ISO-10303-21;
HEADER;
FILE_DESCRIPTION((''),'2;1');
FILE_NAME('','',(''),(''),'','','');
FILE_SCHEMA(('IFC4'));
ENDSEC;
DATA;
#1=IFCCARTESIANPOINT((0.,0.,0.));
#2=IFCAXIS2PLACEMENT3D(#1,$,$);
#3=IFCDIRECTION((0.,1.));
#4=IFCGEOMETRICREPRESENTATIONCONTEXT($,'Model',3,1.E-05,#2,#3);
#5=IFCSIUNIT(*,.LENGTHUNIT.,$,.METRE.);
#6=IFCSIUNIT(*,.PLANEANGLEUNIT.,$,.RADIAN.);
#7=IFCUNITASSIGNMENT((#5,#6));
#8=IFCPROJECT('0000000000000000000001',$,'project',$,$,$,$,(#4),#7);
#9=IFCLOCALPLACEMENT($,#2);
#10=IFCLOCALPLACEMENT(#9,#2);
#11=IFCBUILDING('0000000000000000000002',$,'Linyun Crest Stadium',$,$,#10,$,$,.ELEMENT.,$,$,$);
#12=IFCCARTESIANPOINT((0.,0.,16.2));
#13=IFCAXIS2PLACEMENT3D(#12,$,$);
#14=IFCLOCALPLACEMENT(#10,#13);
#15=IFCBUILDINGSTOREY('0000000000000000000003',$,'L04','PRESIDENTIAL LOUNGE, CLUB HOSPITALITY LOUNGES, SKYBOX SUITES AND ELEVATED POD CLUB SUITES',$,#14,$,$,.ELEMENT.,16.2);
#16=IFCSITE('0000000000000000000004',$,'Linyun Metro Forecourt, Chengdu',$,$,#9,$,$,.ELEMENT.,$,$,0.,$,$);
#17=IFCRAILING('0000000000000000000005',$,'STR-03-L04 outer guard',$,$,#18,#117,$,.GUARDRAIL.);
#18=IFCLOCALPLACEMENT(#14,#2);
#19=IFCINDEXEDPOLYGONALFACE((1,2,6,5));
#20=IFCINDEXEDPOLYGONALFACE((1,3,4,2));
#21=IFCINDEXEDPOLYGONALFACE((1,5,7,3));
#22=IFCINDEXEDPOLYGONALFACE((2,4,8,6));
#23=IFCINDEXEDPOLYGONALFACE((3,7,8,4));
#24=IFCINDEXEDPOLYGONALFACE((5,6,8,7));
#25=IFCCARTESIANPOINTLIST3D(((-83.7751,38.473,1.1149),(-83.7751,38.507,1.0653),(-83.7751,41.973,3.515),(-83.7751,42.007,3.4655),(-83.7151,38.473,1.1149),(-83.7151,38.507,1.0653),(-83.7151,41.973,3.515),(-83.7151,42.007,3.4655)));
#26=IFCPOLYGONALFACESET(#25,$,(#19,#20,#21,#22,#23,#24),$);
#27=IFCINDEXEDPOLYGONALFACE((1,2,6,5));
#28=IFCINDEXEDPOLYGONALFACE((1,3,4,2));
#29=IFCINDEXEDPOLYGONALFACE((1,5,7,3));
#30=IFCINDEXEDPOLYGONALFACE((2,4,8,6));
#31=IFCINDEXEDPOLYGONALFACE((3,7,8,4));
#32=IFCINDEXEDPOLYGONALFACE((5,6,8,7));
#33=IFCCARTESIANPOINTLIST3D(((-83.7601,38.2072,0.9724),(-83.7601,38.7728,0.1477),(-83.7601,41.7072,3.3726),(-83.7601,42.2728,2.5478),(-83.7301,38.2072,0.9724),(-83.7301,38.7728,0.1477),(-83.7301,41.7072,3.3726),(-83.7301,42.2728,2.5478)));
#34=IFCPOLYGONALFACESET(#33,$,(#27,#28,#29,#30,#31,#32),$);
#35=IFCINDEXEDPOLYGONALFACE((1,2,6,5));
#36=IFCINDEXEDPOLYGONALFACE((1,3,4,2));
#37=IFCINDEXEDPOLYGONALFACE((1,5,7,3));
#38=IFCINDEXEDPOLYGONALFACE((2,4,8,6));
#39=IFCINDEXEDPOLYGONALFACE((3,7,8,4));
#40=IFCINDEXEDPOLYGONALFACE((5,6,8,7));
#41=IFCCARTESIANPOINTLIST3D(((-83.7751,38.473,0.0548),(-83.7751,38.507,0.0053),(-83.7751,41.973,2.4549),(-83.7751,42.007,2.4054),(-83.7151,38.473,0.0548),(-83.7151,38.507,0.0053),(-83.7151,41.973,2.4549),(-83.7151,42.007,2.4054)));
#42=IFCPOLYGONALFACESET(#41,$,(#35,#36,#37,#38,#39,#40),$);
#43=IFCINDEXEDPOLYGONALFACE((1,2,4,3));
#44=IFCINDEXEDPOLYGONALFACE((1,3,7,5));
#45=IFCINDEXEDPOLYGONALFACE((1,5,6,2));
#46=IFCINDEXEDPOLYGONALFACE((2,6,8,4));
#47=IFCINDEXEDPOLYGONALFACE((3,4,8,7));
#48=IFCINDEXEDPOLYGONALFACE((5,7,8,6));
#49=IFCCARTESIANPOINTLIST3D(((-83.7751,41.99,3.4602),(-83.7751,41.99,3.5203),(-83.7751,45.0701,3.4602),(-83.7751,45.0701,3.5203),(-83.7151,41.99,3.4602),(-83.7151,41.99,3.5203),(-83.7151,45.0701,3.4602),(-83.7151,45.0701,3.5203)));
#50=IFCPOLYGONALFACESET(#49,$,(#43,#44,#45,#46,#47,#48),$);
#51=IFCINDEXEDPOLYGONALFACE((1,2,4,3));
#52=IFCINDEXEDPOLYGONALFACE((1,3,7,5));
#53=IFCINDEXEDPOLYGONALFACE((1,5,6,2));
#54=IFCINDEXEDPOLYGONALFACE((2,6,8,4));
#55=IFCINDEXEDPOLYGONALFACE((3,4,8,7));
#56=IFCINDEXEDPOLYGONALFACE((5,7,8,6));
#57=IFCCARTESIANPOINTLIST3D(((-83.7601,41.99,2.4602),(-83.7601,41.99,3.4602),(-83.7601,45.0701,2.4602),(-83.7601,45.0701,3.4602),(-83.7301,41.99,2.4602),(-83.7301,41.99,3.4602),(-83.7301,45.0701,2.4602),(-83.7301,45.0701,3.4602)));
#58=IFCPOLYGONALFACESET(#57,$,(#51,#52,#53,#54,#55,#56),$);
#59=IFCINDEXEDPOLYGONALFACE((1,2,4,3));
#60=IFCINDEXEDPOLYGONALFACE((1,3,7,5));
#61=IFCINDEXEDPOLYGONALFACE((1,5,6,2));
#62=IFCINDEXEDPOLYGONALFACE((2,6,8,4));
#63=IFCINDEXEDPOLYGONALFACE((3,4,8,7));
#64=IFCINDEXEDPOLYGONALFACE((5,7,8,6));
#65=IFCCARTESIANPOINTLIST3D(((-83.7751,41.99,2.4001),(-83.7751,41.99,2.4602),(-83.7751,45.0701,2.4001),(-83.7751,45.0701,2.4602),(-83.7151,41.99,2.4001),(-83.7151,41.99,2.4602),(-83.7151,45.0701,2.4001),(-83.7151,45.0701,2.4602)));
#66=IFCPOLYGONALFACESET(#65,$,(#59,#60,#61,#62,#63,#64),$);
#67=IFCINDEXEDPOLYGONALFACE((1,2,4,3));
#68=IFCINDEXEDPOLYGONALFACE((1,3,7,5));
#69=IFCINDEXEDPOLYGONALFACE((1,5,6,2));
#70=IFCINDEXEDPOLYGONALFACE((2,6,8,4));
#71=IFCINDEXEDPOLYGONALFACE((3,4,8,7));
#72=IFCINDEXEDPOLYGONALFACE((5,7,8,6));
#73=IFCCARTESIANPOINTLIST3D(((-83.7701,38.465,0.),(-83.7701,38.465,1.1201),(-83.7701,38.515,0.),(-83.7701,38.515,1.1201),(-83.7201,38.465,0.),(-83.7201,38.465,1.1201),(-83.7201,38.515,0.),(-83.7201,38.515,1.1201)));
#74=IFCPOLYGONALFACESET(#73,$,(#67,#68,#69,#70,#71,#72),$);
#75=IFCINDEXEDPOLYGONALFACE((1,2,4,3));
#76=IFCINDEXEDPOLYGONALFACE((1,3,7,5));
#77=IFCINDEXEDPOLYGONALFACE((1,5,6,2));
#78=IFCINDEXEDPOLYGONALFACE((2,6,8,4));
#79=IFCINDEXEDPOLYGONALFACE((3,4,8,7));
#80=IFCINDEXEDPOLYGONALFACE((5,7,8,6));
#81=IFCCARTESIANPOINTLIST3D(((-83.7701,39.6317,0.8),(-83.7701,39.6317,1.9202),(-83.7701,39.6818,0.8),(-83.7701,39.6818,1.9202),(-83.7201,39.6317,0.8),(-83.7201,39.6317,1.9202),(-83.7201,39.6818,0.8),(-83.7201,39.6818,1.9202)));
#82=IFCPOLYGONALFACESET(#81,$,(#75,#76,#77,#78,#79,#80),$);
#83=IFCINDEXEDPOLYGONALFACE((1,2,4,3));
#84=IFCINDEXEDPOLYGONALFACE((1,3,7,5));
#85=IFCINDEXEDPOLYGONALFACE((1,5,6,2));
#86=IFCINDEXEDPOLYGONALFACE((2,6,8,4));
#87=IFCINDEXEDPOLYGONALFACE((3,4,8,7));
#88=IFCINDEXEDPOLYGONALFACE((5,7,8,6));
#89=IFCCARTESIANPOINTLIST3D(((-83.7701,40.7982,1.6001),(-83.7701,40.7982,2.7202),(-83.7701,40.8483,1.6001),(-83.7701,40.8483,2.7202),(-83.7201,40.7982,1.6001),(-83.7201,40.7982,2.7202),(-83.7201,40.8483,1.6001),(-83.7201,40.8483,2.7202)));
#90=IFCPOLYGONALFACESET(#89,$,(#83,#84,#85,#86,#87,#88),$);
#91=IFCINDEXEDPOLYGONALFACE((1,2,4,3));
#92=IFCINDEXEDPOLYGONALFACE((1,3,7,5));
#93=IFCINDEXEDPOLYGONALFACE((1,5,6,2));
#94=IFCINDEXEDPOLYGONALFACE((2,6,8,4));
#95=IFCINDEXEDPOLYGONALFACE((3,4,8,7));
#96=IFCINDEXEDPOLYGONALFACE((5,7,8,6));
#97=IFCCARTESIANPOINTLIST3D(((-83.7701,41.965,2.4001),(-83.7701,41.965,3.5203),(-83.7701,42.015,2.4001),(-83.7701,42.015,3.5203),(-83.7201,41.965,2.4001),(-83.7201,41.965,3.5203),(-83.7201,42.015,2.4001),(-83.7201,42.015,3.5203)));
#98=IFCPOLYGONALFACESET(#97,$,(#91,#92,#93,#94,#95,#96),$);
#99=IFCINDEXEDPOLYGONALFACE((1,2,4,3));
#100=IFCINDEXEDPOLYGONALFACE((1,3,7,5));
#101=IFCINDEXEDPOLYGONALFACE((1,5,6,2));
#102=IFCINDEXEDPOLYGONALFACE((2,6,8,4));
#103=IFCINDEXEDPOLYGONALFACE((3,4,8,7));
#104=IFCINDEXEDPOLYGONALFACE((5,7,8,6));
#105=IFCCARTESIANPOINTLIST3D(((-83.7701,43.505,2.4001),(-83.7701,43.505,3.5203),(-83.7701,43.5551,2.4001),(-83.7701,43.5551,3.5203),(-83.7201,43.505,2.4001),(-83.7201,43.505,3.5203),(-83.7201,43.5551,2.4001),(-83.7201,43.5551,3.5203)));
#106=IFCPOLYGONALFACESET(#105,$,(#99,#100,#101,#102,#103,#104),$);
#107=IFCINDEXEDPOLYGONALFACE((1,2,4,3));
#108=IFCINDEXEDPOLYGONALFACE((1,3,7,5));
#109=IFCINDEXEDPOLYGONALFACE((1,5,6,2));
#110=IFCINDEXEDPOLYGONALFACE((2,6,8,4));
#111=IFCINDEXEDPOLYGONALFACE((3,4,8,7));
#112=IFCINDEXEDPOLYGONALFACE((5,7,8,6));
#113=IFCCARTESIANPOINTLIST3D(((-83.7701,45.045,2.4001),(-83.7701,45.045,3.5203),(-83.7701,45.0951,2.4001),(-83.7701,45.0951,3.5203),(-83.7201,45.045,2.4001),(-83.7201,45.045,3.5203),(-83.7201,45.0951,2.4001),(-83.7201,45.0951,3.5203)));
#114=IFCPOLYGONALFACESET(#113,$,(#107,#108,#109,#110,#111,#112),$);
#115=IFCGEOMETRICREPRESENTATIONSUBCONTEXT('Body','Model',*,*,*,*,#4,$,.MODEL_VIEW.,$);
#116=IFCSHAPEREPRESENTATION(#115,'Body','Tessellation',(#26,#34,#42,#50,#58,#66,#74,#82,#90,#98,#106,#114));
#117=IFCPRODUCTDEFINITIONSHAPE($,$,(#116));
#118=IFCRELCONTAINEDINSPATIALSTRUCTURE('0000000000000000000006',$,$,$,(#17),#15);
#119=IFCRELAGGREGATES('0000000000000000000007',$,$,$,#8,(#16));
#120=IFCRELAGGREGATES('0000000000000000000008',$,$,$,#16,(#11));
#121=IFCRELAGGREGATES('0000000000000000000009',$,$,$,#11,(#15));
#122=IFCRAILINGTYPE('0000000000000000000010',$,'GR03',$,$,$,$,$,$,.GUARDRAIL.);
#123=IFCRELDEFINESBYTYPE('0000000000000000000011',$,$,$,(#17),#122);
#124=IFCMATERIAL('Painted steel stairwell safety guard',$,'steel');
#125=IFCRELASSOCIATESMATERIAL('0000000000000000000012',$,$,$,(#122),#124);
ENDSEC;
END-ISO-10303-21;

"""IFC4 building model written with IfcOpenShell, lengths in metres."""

from ifc_helpers import new_model, si_unit, direction, frame, origin, origin_2d, place, context, subcontext, project, spatial, rectangle, extrude, material, type_object, element, save


model = new_model("IFC4")

# Units and contexts
model_context = context("Model", 3, precision=1e-05, world=origin(), true_north=direction((0.0, 1.0)))
body_context = subcontext(model_context, "Body", "Model", "MODEL_VIEW")
ifc_project = project(units=[si_unit("LENGTHUNIT", "METRE"), si_unit("PLANEANGLEUNIT", "RADIAN")], contexts=[model_context])

# Site, building, storey
site_placement = place(None, origin())
site = spatial("IfcSite", under=ifc_project, at=site_placement, Name="Linyun Metro Forecourt, Chengdu", CompositionType="ELEMENT", RefElevation=0.0)
building_placement = place(site_placement, origin())
building = spatial("IfcBuilding", under=site, at=building_placement, Name="Linyun Crest Stadium", CompositionType="ELEMENT")
storey_placement = place(building_placement, frame((0.0, 0.0, 16.2)))
storey = spatial("IfcBuildingStorey", under=building, at=storey_placement, Name="L04", Description="PRESIDENTIAL LOUNGE, CLUB HOSPITALITY LOUNGES, SKYBOX SUITES AND ELEVATED POD CLUB SUITES", CompositionType="ELEMENT", Elevation=16.2)

# Railing
ifc_material_1 = material(Name="Painted steel stairwell safety guard", Category="steel")
railing_type_1 = type_object("IfcRailingType", Name="GR03", PredefinedType="GUARDRAIL", material=ifc_material_1)
railing_1_placement = place(storey_placement, frame((-83.7451, 38.49, 0.0)))
element("IfcRailing", 1, at=railing_1_placement, inside=storey, type_object=railing_type_1, Name="STR-03-L04 outer guard", PredefinedType="GUARDRAIL", context=body_context, shape_type="SweptSolid", body=[
    extrude(rectangle(XDim=0.0601, YDim=0.0601, at=origin_2d()), frame((0.0, 0.0, 1.0901), z_axis=(0.0, 0.824713, 0.565552), x_axis=(-1.0, 0.0, 0.0)), (0.0, 0.0, 1.0), 4.2439),
    extrude(rectangle(XDim=0.03, YDim=1.0, at=origin_2d()), frame((0.0, 0.0, 0.5601), z_axis=(0.0, 0.824713, 0.565552), x_axis=(-1.0, 0.0, 0.0)), (0.0, 0.0, 1.0), 4.2439),
    extrude(rectangle(XDim=0.0601, YDim=0.0601, at=origin_2d()), frame((0.0, 0.0, 0.03), z_axis=(0.0, 0.824713, 0.565552), x_axis=(-1.0, 0.0, 0.0)), (0.0, 0.0, 1.0), 4.2439),
    extrude(rectangle(XDim=0.0601, YDim=0.0601, at=origin_2d()), frame((0.0, 3.5, 3.4902), z_axis=(0.0, 1.0, 0.0), x_axis=(-1.0, 0.0, 0.0)), (0.0, 0.0, 1.0), 3.0801),
    extrude(rectangle(XDim=0.03, YDim=1.0, at=origin_2d()), frame((0.0, 3.5, 2.9602), z_axis=(0.0, 1.0, 0.0), x_axis=(-1.0, 0.0, 0.0)), (0.0, 0.0, 1.0), 3.0801),
    extrude(rectangle(XDim=0.0601, YDim=0.0601, at=origin_2d()), frame((0.0, 3.5, 2.4302), z_axis=(0.0, 1.0, 0.0), x_axis=(-1.0, 0.0, 0.0)), (0.0, 0.0, 1.0), 3.0801),
    extrude(rectangle(XDim=0.05, YDim=0.05, at=origin_2d()), origin(), (0.0, 0.0, 1.0), 1.1201),
    extrude(rectangle(XDim=0.05, YDim=0.05, at=origin_2d()), frame((0.0, 1.1667, 0.8)), (0.0, 0.0, 1.0), 1.1201),
    extrude(rectangle(XDim=0.05, YDim=0.05, at=origin_2d()), frame((0.0, 2.3333, 1.6001)), (0.0, 0.0, 1.0), 1.1201),
    extrude(rectangle(XDim=0.05, YDim=0.05, at=origin_2d()), frame((0.0, 3.5, 2.4001)), (0.0, 0.0, 1.0), 1.1201),
    extrude(rectangle(XDim=0.05, YDim=0.05, at=origin_2d()), frame((0.0, 5.04, 2.4001)), (0.0, 0.0, 1.0), 1.1201),
    extrude(rectangle(XDim=0.05, YDim=0.05, at=origin_2d()), frame((0.0, 6.5801, 2.4001)), (0.0, 0.0, 1.0), 1.1201),
])

save(model, "model.ifc")
